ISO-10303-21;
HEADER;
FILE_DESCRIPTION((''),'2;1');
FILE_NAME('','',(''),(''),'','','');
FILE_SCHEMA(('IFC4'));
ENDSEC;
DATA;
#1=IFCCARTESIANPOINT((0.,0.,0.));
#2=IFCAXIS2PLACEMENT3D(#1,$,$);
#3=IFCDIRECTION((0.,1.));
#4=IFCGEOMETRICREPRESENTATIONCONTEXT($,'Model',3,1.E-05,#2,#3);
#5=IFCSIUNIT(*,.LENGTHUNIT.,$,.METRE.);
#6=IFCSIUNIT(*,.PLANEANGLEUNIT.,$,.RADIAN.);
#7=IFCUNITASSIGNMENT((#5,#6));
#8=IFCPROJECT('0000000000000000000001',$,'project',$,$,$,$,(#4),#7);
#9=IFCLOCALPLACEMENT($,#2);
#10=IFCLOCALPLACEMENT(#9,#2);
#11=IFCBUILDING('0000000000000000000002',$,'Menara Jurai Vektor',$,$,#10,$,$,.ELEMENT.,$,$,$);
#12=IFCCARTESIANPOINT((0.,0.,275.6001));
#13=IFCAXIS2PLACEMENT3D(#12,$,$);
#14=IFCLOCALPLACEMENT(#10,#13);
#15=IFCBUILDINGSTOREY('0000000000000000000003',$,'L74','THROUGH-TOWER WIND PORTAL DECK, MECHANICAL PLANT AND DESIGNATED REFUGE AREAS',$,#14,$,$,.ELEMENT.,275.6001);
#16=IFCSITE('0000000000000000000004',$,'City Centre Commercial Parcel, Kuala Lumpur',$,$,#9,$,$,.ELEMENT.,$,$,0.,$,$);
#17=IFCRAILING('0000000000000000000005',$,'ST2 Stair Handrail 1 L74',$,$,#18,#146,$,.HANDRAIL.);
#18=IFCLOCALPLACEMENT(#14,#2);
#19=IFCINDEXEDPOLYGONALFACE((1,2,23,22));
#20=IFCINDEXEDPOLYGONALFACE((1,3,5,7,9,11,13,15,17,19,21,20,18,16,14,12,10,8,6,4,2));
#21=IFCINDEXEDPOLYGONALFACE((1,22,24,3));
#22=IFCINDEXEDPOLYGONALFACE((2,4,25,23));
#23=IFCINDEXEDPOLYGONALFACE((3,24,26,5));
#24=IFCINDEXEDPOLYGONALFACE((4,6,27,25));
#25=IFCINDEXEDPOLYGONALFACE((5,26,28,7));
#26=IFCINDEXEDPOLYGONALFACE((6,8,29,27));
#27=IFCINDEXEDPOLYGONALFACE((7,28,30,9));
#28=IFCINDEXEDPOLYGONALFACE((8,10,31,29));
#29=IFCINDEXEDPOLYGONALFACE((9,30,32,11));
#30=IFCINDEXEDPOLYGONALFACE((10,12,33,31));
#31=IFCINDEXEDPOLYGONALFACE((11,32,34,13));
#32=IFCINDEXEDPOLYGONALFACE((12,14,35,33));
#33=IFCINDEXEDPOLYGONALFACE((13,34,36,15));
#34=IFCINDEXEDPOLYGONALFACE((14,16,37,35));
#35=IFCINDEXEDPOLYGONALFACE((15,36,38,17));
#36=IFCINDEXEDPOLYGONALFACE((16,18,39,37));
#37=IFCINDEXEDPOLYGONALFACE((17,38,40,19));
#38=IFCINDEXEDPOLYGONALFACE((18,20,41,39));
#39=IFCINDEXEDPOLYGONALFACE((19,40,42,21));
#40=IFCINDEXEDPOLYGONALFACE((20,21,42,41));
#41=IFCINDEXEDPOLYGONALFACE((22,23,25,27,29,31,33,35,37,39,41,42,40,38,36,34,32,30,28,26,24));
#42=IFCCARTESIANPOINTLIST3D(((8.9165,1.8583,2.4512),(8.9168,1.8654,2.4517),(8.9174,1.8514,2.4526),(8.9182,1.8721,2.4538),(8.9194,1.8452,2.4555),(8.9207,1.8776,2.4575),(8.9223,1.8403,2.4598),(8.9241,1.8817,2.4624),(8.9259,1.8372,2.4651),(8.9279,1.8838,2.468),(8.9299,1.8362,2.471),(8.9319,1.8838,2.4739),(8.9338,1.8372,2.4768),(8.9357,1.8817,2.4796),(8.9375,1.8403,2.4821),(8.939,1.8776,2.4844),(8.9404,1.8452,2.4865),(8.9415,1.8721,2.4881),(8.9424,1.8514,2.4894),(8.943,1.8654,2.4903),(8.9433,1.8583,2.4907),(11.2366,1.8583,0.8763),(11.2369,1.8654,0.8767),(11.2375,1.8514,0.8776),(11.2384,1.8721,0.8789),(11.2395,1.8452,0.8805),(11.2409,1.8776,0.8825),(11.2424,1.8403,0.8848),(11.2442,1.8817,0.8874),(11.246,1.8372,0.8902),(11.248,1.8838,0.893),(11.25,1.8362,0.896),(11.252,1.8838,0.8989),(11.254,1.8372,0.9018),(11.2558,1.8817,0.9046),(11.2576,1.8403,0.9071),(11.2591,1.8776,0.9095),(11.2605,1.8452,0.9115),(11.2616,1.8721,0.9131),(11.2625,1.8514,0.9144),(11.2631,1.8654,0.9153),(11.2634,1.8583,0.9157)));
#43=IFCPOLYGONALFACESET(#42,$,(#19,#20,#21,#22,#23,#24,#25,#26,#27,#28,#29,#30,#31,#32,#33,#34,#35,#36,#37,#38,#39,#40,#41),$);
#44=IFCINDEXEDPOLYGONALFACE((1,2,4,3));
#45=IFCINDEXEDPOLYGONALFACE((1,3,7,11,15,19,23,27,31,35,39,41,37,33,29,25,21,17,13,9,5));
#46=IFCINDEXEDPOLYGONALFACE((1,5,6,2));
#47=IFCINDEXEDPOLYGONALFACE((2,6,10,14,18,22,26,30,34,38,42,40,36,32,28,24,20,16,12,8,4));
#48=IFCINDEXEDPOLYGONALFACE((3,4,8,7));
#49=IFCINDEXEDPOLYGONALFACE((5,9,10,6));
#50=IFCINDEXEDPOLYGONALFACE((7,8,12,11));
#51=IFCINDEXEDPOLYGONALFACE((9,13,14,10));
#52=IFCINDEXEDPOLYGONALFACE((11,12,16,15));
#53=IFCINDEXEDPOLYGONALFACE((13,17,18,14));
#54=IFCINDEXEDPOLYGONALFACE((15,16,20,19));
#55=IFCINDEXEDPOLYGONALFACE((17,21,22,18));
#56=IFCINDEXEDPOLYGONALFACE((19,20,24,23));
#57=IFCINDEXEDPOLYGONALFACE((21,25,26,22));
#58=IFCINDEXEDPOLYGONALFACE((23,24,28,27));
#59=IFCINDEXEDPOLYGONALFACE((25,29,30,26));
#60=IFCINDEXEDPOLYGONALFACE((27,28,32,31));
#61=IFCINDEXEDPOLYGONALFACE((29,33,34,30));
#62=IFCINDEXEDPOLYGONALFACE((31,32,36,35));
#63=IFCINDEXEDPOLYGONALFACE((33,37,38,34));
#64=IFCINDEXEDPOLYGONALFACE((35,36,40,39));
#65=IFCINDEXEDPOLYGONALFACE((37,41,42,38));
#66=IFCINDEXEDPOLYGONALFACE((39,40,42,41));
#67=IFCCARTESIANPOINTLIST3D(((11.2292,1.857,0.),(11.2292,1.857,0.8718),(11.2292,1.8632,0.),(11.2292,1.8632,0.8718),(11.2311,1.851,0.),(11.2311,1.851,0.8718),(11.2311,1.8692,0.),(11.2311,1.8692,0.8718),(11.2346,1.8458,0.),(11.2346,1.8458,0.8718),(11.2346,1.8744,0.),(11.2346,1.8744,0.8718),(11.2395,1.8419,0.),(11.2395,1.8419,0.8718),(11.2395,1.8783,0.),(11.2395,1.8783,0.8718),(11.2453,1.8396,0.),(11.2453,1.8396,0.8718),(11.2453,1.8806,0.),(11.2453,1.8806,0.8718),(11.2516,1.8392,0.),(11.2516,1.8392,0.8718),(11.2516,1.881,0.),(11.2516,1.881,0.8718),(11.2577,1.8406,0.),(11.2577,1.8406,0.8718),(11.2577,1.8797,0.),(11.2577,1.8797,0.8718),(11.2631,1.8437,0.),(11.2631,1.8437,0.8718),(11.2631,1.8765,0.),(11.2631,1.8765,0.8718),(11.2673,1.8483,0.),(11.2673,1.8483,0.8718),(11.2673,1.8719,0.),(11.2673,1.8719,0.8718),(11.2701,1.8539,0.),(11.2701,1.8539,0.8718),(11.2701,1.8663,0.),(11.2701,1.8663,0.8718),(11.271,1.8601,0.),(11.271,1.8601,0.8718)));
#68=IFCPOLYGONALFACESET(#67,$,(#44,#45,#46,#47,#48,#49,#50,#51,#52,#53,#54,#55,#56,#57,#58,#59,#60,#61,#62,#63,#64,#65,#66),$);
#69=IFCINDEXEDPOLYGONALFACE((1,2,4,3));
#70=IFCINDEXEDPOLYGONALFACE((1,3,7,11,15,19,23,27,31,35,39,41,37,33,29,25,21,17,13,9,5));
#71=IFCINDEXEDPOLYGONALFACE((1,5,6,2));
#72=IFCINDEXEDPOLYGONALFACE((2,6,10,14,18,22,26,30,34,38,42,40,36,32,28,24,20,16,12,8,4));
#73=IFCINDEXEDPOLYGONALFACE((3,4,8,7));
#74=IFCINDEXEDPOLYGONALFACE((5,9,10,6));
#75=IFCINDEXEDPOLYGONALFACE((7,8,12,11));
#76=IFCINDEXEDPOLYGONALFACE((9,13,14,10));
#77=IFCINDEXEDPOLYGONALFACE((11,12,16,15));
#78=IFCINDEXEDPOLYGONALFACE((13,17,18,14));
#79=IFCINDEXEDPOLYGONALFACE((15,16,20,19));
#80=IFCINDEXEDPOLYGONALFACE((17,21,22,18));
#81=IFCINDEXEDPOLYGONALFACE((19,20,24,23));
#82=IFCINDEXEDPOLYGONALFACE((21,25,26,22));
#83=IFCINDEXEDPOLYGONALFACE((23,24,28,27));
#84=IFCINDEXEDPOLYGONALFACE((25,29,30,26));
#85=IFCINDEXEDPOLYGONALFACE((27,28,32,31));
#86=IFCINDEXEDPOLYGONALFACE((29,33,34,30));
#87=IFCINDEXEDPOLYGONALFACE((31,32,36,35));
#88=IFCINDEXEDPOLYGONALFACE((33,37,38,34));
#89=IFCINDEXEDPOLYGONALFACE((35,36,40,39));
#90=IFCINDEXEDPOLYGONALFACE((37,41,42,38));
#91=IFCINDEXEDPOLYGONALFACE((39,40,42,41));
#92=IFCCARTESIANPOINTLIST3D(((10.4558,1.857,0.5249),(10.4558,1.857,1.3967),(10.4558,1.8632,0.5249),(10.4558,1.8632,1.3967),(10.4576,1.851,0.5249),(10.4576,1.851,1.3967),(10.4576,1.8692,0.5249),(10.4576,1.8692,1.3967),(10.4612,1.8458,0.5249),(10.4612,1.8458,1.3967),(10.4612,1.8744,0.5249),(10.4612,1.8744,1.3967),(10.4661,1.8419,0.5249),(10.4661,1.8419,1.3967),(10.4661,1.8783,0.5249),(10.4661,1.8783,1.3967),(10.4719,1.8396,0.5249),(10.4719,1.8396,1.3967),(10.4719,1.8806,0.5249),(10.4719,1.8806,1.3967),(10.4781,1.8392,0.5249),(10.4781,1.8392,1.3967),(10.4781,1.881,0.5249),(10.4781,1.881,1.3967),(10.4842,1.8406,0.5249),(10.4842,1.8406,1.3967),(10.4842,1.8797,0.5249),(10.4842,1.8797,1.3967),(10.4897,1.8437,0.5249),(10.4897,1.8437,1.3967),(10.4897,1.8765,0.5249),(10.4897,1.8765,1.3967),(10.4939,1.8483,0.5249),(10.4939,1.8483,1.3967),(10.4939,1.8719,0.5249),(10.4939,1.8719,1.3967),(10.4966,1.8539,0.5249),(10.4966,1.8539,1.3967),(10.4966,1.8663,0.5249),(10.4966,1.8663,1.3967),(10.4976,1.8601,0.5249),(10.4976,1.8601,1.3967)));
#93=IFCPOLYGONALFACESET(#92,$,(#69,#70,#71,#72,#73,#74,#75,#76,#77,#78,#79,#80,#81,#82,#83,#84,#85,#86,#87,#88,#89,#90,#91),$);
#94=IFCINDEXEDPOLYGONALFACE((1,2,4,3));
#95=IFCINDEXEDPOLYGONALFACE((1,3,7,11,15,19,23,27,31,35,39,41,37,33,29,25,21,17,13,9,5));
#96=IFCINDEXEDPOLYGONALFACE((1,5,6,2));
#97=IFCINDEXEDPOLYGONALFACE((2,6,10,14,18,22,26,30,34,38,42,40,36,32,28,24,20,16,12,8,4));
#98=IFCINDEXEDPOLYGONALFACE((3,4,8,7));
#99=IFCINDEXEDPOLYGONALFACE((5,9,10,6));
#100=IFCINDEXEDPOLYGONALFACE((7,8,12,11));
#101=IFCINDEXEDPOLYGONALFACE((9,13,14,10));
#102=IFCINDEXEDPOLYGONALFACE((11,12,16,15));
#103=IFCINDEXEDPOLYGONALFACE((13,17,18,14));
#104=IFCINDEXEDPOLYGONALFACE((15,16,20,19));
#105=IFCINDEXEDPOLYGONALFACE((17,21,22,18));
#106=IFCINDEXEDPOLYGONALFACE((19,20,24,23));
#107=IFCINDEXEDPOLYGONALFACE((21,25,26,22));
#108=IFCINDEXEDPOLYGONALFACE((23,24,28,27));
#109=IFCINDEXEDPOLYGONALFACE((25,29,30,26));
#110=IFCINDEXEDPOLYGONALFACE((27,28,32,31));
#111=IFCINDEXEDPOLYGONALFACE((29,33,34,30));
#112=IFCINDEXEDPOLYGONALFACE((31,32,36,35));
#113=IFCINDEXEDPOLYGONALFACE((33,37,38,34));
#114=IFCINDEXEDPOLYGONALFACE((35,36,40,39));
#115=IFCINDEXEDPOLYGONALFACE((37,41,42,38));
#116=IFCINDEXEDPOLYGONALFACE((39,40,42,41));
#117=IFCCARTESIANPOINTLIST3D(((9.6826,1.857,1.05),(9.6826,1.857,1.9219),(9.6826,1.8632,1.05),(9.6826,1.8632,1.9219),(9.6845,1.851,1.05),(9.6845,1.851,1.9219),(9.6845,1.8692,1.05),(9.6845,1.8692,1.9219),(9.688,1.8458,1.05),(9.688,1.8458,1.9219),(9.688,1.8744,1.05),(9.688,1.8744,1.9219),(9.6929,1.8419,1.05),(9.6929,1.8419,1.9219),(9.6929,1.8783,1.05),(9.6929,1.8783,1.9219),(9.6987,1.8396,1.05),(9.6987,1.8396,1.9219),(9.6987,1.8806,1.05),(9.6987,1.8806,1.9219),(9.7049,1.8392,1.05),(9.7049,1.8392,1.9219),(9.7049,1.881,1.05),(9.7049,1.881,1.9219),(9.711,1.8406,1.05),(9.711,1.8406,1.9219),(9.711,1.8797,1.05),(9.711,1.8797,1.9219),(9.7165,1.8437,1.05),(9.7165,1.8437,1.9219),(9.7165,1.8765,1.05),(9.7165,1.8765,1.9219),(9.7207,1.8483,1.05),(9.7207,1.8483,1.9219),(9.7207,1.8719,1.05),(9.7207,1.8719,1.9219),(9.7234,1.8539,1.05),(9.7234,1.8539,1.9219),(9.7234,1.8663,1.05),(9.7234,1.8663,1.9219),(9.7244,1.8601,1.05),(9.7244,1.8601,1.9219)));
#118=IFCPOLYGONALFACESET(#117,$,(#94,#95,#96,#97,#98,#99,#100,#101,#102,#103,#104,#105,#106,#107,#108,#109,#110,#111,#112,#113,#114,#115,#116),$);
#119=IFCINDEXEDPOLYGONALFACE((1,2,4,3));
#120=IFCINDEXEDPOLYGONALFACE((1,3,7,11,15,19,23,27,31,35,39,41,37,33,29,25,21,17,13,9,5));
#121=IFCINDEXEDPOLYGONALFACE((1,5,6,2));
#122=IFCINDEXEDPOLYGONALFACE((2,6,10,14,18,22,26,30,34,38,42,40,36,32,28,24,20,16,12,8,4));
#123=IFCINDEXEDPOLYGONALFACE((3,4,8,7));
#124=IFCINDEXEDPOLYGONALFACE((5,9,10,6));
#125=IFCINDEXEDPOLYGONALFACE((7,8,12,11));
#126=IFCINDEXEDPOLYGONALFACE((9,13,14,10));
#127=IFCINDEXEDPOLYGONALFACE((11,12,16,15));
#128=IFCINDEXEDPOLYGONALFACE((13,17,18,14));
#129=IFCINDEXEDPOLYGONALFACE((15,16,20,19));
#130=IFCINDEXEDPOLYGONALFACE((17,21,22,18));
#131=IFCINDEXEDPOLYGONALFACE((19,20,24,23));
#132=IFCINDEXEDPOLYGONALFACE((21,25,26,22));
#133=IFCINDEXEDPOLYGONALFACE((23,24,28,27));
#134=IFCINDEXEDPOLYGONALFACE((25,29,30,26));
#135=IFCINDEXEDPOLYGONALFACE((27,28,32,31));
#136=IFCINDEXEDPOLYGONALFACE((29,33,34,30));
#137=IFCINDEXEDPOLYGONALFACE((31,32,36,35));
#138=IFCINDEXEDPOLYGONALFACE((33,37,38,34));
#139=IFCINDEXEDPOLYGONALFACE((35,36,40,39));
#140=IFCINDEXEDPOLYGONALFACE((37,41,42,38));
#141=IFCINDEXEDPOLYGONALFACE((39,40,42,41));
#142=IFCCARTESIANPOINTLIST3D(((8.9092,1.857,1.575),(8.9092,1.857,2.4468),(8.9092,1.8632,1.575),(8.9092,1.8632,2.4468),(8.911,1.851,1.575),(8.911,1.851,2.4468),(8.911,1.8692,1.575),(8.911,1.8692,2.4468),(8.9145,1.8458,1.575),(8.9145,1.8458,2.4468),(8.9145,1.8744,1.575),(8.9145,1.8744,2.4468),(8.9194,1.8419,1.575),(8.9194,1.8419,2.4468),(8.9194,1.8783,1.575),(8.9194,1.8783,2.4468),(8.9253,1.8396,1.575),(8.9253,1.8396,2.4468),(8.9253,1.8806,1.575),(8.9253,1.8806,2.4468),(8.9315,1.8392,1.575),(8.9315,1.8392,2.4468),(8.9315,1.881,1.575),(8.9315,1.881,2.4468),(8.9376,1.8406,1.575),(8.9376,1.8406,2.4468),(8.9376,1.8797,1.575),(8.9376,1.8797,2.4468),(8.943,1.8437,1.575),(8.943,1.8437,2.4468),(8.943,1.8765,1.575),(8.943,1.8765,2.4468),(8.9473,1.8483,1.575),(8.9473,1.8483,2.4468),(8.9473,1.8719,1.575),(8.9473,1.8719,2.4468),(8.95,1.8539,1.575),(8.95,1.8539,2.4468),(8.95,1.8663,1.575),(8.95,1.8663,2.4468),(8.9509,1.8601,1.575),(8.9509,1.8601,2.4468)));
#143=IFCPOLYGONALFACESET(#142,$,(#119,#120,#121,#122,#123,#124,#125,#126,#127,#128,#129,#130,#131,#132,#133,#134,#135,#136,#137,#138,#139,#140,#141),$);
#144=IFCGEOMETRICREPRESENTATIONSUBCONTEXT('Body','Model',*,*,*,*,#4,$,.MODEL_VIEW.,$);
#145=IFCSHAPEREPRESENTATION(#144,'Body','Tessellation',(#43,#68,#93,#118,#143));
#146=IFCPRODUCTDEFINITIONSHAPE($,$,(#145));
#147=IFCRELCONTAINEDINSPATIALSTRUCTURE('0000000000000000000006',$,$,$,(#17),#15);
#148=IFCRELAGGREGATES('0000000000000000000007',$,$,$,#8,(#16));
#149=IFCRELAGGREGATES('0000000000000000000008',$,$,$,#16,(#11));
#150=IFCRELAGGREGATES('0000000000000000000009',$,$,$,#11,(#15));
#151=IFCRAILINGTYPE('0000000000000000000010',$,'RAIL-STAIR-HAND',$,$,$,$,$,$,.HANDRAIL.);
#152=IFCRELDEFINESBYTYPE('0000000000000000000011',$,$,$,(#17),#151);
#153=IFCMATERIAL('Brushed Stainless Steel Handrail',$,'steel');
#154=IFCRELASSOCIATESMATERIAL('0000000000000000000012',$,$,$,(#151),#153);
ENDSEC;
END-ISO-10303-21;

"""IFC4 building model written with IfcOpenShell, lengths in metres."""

from ifc_helpers import new_model, si_unit, direction, frame, origin, origin_2d, place, context, subcontext, project, spatial, circle, extrude, material, type_object, element, save


model = new_model("IFC4")

# Units and contexts
model_context = context("Model", 3, precision=1e-05, world=origin(), true_north=direction((0.0, 1.0)))
body_context = subcontext(model_context, "Body", "Model", "MODEL_VIEW")
ifc_project = project(units=[si_unit("LENGTHUNIT", "METRE"), si_unit("PLANEANGLEUNIT", "RADIAN")], contexts=[model_context])

# Site, building, storey
site_placement = place(None, origin())
site = spatial("IfcSite", under=ifc_project, at=site_placement, Name="City Centre Commercial Parcel, Kuala Lumpur", CompositionType="ELEMENT", RefElevation=0.0)
building_placement = place(site_placement, origin())
building = spatial("IfcBuilding", under=site, at=building_placement, Name="Menara Jurai Vektor", CompositionType="ELEMENT")
storey_placement = place(building_placement, frame((0.0, 0.0, 275.6001)))
storey = spatial("IfcBuildingStorey", under=building, at=storey_placement, Name="L74", Description="THROUGH-TOWER WIND PORTAL DECK, MECHANICAL PLANT AND DESIGNATED REFUGE AREAS", CompositionType="ELEMENT", Elevation=275.6001)

# Railing
ifc_material_1 = material(Name="Brushed Stainless Steel Handrail", Category="steel")
railing_type_1 = type_object("IfcRailingType", Name="RAIL-STAIR-HAND", PredefinedType="HANDRAIL", material=ifc_material_1)
for number, where, name in (
    (1, (11.25, 1.8601, 0.0), "ST2 Stair Handrail 1 L74"),
):
    element("IfcRailing", number, at=place(storey_placement, frame(where)), inside=storey, type_object=railing_type_1, Name=name, PredefinedType="HANDRAIL", context=body_context, shape_type="SweptSolid", body=[
        extrude(circle(Radius=0.0239, at=origin_2d()), frame((0.0, 0.0, 0.896), z_axis=(-0.827373, 0.0, 0.561653), x_axis=(0.0, -1.0, 0.0)), (0.0, 0.0, 1.0), 2.8042),
        extrude(circle(Radius=0.021, at=origin_2d()), origin(), (0.0, 0.0, 1.0), 0.8718),
        extrude(circle(Radius=0.021, at=origin_2d()), frame((-0.7734, 0.0, 0.5249)), (0.0, 0.0, 1.0), 0.8718),
        extrude(circle(Radius=0.021, at=origin_2d()), frame((-1.5466, 0.0, 1.05)), (0.0, 0.0, 1.0), 0.8718),
        extrude(circle(Radius=0.021, at=origin_2d()), frame((-2.3201, 0.0, 1.575)), (0.0, 0.0, 1.0), 0.8718),
    ])

save(model, "model.ifc")
